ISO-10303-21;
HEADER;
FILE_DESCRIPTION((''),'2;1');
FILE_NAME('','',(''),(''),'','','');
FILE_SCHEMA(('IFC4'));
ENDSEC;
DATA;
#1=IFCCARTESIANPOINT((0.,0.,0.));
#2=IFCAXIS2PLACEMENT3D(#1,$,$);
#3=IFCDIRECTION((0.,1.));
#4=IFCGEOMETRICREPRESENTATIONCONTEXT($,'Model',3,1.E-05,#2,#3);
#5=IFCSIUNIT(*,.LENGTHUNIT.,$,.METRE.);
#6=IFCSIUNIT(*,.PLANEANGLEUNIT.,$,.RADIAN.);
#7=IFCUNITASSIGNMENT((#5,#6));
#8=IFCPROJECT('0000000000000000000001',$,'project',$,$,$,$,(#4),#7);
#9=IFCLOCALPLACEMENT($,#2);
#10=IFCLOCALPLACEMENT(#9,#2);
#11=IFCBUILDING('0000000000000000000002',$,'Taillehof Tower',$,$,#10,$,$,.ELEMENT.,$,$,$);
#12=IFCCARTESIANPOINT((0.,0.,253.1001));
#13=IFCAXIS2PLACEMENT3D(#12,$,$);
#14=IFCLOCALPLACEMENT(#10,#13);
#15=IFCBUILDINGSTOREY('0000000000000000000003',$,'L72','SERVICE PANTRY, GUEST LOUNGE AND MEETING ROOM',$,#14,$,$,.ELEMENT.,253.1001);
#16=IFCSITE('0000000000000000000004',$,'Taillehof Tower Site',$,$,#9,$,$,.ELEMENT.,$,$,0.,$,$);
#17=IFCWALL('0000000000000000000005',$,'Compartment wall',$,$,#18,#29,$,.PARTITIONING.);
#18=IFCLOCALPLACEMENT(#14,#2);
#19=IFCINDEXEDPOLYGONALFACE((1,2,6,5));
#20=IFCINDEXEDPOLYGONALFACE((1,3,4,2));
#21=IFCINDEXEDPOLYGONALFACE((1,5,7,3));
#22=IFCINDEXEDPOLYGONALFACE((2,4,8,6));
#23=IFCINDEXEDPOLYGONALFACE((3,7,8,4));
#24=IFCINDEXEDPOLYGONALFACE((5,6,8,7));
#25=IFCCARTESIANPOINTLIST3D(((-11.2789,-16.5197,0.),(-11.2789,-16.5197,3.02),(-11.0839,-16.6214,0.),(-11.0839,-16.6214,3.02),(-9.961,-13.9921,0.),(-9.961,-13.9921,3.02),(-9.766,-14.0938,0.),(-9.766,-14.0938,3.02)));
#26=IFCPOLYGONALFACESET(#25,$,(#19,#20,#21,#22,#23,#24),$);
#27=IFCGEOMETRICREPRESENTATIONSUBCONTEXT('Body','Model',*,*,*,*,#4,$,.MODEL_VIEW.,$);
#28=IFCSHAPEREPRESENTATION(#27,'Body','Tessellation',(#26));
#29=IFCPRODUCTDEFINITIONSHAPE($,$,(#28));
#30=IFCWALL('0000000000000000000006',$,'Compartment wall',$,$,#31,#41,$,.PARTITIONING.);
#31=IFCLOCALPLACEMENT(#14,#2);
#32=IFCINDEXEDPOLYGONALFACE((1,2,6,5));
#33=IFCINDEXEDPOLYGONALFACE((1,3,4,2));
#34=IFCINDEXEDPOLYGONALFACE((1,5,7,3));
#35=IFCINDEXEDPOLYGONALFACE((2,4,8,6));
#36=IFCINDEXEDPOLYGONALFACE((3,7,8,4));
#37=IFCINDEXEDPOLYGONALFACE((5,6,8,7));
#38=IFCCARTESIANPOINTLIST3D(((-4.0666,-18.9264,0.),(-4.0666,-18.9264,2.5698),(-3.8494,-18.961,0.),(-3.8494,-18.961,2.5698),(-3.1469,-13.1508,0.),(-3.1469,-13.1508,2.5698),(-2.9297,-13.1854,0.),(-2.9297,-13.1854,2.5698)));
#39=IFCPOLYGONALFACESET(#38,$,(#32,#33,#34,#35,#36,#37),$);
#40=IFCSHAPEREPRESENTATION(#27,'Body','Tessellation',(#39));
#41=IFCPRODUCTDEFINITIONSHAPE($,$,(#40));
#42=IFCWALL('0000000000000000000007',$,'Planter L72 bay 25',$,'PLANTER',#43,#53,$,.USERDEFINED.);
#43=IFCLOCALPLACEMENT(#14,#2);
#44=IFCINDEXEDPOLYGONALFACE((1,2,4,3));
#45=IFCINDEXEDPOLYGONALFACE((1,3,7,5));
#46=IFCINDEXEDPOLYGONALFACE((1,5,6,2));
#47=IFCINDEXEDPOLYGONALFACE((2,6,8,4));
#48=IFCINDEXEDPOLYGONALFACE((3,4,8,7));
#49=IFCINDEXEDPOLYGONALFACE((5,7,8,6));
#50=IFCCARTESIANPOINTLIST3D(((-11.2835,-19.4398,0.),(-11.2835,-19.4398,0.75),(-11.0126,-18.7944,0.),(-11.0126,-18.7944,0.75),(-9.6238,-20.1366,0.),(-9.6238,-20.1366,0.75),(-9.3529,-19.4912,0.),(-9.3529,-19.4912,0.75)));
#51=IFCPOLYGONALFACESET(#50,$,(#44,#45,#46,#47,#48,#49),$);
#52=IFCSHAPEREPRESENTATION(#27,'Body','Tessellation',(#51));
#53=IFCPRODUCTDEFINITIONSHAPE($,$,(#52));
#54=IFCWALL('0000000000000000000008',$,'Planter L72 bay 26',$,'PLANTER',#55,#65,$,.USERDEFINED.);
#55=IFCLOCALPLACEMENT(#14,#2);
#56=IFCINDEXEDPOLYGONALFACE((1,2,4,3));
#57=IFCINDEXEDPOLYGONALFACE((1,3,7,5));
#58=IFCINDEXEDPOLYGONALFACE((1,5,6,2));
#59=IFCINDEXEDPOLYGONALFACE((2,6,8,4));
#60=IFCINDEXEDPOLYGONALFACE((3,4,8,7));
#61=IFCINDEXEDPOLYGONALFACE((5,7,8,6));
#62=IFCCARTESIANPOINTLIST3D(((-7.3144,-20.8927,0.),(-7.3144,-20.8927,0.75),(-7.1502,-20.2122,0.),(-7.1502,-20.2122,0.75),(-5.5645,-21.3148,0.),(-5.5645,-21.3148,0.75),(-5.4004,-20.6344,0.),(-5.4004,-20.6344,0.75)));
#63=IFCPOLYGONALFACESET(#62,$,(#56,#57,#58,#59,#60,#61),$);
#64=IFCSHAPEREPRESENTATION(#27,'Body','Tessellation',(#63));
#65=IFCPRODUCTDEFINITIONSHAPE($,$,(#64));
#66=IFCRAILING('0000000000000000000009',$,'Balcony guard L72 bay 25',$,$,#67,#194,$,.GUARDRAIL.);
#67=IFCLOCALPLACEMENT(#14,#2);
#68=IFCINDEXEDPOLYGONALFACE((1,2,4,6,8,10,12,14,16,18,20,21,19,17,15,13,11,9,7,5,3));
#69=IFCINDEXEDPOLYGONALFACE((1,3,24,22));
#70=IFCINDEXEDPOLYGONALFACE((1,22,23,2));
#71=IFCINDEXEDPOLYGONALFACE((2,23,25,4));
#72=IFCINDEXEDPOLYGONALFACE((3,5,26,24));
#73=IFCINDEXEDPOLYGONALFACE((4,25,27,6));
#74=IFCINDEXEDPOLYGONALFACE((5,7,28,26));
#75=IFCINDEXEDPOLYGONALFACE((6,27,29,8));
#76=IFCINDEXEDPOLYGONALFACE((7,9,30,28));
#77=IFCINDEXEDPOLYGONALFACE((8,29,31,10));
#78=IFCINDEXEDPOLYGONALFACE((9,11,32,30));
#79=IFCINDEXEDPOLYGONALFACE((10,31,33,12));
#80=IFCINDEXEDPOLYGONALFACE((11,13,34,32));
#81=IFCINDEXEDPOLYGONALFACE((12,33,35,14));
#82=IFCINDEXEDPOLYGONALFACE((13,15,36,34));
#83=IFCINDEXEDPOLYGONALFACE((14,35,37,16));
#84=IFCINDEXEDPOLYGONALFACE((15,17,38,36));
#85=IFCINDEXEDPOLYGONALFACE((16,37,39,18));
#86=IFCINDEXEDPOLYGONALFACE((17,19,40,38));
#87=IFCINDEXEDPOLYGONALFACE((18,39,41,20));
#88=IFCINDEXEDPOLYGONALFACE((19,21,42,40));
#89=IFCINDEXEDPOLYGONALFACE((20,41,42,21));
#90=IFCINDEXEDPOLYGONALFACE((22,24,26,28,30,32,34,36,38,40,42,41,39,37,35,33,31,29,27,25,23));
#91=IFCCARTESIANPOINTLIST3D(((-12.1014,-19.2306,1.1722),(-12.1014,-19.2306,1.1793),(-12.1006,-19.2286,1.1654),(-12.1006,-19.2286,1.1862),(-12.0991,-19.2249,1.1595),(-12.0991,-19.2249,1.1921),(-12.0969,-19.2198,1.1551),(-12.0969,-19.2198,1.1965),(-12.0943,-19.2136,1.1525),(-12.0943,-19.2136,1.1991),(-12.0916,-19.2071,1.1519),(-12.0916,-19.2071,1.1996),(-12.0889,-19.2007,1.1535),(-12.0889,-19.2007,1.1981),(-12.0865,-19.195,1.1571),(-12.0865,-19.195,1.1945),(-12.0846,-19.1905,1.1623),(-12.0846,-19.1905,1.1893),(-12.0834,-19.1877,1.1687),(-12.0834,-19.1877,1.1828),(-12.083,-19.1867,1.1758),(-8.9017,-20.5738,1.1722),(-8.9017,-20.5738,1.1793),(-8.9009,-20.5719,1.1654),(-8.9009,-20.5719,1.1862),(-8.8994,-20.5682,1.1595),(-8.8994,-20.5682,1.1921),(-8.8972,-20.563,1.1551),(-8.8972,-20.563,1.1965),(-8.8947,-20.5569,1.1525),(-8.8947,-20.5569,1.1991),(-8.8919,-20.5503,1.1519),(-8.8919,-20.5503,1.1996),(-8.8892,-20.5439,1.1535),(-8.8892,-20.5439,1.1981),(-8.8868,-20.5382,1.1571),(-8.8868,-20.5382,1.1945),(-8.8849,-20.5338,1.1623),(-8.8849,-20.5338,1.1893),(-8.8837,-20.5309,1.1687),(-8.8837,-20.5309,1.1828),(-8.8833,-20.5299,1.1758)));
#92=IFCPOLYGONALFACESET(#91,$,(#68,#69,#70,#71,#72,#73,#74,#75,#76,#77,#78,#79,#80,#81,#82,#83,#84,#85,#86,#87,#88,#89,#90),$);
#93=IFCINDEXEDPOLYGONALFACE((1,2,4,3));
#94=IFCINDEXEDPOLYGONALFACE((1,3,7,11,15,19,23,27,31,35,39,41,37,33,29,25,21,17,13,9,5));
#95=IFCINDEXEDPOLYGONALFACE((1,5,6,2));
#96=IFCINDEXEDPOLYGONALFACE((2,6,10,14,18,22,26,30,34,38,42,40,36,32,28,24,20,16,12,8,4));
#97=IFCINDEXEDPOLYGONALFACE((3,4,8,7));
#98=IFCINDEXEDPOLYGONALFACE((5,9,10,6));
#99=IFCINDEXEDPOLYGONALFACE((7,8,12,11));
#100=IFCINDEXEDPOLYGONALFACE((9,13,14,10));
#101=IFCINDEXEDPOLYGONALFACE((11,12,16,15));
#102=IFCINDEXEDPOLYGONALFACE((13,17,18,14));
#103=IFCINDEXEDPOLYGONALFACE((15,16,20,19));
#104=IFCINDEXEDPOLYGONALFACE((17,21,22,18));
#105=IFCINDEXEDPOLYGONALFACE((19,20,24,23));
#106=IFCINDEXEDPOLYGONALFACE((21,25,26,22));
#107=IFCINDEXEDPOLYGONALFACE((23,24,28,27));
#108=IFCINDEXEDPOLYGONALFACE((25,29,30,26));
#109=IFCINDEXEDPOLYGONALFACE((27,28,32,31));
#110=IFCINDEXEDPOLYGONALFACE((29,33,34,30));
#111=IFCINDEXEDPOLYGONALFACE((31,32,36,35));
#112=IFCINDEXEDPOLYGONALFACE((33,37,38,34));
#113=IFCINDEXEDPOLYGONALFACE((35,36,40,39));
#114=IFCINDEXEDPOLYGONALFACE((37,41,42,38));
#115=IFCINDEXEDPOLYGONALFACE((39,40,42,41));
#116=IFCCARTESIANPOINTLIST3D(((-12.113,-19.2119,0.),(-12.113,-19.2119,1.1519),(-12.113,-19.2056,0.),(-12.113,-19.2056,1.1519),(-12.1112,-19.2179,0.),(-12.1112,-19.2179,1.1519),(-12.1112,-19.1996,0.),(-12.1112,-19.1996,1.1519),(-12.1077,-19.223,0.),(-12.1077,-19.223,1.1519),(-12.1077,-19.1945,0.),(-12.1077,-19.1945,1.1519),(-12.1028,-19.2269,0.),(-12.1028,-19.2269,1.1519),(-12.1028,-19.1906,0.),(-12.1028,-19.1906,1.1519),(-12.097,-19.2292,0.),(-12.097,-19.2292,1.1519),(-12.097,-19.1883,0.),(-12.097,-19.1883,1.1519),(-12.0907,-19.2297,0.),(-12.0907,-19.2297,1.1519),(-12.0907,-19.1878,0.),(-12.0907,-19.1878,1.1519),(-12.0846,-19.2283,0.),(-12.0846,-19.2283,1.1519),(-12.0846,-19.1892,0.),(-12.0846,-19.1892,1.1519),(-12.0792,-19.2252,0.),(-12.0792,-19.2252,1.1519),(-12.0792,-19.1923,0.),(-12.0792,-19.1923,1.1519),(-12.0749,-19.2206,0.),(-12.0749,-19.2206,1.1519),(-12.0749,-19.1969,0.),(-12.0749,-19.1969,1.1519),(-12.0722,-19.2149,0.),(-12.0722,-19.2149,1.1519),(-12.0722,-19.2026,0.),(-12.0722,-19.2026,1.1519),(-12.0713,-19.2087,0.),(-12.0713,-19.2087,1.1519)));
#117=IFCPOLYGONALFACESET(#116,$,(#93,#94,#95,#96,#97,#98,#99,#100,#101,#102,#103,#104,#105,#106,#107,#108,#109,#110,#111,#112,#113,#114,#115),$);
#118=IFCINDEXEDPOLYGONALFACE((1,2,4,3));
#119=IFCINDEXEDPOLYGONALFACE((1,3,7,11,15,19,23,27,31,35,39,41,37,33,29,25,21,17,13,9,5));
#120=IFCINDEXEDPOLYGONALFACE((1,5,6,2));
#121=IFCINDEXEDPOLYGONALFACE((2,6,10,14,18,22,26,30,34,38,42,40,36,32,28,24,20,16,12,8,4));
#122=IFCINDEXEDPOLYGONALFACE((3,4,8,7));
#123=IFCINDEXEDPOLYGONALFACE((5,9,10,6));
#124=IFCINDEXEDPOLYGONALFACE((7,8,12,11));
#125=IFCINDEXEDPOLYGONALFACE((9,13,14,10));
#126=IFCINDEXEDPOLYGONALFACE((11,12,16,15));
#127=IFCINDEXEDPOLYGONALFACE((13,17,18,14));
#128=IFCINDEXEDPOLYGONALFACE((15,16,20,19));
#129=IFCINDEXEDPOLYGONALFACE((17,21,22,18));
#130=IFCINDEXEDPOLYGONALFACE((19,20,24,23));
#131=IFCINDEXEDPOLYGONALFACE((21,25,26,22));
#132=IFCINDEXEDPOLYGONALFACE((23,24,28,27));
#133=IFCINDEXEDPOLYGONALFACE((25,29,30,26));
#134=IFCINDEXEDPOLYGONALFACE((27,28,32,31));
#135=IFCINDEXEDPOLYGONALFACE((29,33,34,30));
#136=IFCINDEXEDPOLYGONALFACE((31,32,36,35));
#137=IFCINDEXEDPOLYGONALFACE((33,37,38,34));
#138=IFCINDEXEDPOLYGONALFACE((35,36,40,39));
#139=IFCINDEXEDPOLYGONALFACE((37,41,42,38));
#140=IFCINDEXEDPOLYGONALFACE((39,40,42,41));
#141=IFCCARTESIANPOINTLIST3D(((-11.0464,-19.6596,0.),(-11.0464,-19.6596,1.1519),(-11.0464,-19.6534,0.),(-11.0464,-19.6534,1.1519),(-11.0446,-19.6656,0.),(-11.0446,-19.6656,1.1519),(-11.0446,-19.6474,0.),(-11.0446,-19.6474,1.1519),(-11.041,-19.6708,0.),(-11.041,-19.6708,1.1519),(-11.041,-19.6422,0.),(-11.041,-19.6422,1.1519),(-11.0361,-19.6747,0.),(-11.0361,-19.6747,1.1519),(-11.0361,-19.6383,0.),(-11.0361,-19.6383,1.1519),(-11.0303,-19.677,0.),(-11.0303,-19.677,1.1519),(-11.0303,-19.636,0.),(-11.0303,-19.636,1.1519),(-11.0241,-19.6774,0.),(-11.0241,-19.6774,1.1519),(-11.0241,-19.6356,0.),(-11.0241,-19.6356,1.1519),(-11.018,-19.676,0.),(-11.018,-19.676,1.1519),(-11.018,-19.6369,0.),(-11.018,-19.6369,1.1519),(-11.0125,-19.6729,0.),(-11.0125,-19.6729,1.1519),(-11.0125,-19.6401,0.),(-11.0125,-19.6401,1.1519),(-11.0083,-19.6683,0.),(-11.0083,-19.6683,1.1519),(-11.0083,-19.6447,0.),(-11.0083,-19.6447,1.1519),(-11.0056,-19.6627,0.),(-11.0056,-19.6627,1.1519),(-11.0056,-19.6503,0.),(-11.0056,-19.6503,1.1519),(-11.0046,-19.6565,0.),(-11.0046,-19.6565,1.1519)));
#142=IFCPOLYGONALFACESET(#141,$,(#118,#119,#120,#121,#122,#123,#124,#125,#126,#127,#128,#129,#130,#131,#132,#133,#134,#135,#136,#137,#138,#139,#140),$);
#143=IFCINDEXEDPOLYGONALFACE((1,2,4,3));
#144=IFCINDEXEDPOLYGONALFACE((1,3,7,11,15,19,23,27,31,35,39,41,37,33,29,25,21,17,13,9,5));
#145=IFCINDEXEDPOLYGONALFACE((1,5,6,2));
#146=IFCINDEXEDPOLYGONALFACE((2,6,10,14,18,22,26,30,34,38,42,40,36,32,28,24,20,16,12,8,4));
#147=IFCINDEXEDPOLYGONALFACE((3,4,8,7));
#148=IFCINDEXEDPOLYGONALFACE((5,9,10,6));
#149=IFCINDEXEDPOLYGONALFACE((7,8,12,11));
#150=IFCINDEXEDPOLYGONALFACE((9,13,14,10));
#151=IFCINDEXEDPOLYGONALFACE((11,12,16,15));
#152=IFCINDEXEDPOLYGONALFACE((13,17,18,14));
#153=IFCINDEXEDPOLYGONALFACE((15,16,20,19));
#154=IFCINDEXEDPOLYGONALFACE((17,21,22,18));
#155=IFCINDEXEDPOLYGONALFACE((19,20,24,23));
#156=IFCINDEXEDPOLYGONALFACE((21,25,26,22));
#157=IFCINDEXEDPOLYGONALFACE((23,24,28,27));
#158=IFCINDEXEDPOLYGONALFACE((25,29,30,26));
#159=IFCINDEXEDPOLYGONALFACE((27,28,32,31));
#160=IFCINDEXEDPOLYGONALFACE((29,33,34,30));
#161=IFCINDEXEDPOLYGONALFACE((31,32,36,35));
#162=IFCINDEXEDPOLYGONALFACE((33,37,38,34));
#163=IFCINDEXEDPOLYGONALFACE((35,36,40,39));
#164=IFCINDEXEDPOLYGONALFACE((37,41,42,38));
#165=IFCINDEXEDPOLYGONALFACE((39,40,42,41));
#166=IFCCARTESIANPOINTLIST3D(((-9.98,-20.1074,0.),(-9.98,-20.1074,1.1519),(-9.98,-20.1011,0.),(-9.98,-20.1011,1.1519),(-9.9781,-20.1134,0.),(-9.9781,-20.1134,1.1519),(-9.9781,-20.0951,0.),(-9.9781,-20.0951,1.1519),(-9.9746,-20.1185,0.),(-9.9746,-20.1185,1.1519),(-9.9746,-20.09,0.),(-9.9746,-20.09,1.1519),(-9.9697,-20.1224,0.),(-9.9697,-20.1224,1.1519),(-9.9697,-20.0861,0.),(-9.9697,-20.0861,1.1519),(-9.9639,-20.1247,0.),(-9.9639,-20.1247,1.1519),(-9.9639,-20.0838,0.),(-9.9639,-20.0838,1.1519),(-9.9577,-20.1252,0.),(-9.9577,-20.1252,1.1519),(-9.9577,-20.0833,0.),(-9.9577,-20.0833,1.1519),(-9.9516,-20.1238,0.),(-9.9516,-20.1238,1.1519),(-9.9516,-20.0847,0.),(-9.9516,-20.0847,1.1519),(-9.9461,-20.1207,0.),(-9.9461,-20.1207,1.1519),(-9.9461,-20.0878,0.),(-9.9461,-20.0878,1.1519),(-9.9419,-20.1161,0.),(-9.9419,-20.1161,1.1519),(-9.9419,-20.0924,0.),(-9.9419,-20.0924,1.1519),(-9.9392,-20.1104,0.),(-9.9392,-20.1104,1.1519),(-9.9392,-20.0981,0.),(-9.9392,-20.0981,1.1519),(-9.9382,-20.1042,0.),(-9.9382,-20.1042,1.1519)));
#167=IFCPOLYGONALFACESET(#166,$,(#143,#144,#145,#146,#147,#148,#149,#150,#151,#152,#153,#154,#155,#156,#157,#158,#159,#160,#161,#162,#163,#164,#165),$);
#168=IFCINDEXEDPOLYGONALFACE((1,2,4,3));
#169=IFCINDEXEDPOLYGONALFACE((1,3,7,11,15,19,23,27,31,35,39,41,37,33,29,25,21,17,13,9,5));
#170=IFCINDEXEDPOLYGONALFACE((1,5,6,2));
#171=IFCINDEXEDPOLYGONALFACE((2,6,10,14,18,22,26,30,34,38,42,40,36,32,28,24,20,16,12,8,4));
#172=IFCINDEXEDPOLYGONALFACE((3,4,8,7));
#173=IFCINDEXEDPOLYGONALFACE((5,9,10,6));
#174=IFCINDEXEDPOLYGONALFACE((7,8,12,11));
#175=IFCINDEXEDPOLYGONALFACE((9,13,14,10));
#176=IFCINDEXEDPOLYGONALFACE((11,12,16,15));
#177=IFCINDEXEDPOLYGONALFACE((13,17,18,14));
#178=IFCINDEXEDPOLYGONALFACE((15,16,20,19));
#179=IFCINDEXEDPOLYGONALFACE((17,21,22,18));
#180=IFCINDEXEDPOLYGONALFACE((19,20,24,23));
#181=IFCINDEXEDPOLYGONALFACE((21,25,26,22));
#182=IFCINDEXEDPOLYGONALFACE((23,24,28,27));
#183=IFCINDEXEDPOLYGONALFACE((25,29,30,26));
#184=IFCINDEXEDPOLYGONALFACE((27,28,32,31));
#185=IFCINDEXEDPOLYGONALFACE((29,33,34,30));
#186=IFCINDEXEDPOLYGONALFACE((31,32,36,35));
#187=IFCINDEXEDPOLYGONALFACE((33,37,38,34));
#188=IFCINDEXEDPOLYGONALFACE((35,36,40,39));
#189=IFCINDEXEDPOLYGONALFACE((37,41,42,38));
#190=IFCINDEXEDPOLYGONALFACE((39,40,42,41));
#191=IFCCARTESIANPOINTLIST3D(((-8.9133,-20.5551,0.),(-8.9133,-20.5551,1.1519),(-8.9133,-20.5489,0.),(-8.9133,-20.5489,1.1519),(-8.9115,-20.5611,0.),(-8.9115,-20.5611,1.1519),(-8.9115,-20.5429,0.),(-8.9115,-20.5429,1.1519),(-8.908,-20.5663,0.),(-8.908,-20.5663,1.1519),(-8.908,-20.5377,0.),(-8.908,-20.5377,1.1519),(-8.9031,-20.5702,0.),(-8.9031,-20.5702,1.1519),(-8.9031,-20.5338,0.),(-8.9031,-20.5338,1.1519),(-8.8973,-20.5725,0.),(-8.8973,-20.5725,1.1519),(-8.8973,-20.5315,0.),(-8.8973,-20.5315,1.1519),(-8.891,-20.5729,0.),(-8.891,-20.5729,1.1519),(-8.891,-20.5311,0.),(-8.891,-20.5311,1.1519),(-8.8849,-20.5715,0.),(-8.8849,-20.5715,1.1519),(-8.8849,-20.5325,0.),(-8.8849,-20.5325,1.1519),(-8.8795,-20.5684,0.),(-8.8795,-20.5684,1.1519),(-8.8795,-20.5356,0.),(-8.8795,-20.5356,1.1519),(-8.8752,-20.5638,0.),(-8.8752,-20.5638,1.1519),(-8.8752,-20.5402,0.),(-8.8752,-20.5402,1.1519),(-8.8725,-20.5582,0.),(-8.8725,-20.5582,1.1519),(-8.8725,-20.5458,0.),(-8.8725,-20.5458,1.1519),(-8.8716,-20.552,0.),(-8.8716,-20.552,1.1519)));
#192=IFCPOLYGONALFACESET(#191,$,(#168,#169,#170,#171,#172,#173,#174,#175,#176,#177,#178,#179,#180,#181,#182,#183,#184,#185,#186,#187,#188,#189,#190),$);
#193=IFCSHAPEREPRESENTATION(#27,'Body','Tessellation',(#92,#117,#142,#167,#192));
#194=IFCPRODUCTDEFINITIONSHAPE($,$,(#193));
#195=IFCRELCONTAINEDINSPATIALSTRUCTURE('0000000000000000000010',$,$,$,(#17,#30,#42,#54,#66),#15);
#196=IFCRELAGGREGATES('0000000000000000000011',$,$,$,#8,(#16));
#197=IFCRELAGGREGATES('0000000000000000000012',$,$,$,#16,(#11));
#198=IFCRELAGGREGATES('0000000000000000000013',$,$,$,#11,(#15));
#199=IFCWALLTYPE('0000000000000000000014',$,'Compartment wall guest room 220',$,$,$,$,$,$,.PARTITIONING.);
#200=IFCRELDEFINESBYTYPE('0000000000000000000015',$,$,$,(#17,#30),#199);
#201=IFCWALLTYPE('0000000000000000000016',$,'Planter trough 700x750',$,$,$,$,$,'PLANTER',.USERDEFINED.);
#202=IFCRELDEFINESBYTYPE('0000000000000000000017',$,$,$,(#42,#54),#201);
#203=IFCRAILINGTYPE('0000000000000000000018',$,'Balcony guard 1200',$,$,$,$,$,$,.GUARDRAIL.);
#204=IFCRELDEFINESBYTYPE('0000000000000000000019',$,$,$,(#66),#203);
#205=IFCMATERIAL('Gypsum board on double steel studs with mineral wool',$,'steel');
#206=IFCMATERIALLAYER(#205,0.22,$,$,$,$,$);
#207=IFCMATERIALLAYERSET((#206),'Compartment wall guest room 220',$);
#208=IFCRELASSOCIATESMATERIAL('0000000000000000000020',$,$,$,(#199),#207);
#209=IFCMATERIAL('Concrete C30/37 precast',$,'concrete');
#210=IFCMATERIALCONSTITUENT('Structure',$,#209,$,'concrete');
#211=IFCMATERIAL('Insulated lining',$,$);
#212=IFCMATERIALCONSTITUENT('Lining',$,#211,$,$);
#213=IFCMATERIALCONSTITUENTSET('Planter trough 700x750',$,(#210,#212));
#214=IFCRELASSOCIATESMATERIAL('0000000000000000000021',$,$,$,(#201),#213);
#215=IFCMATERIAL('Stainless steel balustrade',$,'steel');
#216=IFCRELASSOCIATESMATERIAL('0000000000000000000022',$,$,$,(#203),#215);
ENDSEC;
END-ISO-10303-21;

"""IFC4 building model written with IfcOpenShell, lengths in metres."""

from ifc_helpers import new_model, si_unit, direction, frame, frame_2d, origin, origin_2d, place, context, subcontext, project, spatial, rectangle, circle, extrude, material, layer, layer_set, constituent, constituent_set, type_object, element, save


model = new_model("IFC4")

# Units and contexts
model_context = context("Model", 3, precision=1e-05, world=origin(), true_north=direction((0.0, 1.0)))
body_context = subcontext(model_context, "Body", "Model", "MODEL_VIEW")
ifc_project = project(units=[si_unit("LENGTHUNIT", "METRE"), si_unit("PLANEANGLEUNIT", "RADIAN")], contexts=[model_context])

# Site, building, storey
site_placement = place(None, origin())
site = spatial("IfcSite", under=ifc_project, at=site_placement, Name="Taillehof Tower Site", CompositionType="ELEMENT", RefElevation=0.0)
building_placement = place(site_placement, origin())
building = spatial("IfcBuilding", under=site, at=building_placement, Name="Taillehof Tower", CompositionType="ELEMENT")
storey_placement = place(building_placement, frame((0.0, 0.0, 253.1001)))
storey = spatial("IfcBuildingStorey", under=building, at=storey_placement, Name="L72", Description="SERVICE PANTRY, GUEST LOUNGE AND MEETING ROOM", CompositionType="ELEMENT", Elevation=253.1001)

# Walls
ifc_material_1 = material(Name="Gypsum board on double steel studs with mineral wool", Category="steel")
ifc_layer_1 = layer(ifc_material_1, 0.22)
ifc_layer_set_1 = layer_set([ifc_layer_1], Name="Compartment wall guest room 220")
wall_type_1 = type_object("IfcWallType", Name="Compartment wall guest room 220", PredefinedType="PARTITIONING", material=ifc_layer_set_1)
wall_1_placement = place(storey_placement, frame((-11.1814, -16.5706, 0.0), z_axis=(0.0, 0.0, 1.0), x_axis=(0.462326, 0.88671, 0.0)))
element("IfcWall", 1, at=wall_1_placement, inside=storey, type_object=wall_type_1, Name="Compartment wall", PredefinedType="PARTITIONING", context=body_context, shape_type="SweptSolid", body=[
    extrude(rectangle(XDim=2.8506, YDim=0.22, at=frame_2d((1.4253, 0.0))), origin(), (0.0, 0.0, 1.0), 3.02),
])
wall_2_placement = place(storey_placement, frame((-3.958, -18.9438, 0.0), z_axis=(0.0, 0.0, 1.0), x_axis=(0.157253, 0.987558, 0.0)))
element("IfcWall", 2, at=wall_2_placement, inside=storey, type_object=wall_type_1, Name="Compartment wall", PredefinedType="PARTITIONING", context=body_context, shape_type="SweptSolid", body=[
    extrude(rectangle(XDim=5.8484, YDim=0.22, at=frame_2d((2.9243, 0.0))), origin(), (0.0, 0.0, 1.0), 2.5698),
])
ifc_material_2 = material(Name="Concrete C30/37 precast", Category="concrete")
ifc_constituent_1 = constituent(ifc_material_2, Name="Structure", Category="concrete")
ifc_material_3 = material(Name="Insulated lining")
ifc_constituent_2 = constituent(ifc_material_3, Name="Lining")
ifc_constituent_set = constituent_set(constituents=[ifc_constituent_1, ifc_constituent_2], Name="Planter trough 700x750")
wall_type_2 = type_object("IfcWallType", Name="Planter trough 700x750", ElementType="PLANTER", PredefinedType="USERDEFINED", material=ifc_constituent_set)
for number, where, z_axis, x_axis, name in (
    (3, (-11.1479, -19.1172, 0.0), (0.0, 0.0, 1.0), (0.922038, -0.387099, 0.0), "Planter L72 bay 25"),
    (4, (-7.2322, -20.5525, 0.0), (0.0, 0.0, 1.0), (0.972112, -0.234517, 0.0), "Planter L72 bay 26"),
):
    element("IfcWall", number, at=place(storey_placement, frame(where, z_axis=z_axis, x_axis=x_axis)), inside=storey, type_object=wall_type_2, Name=name, ObjectType="PLANTER", PredefinedType="USERDEFINED", context=body_context, shape_type="SweptSolid", body=[
        extrude(rectangle(XDim=1.8, YDim=0.7, at=frame_2d((0.8999, 0.0))), origin(), (0.0, 0.0, 1.0), 0.75),
    ])

# Railing
ifc_material_4 = material(Name="Stainless steel balustrade", Category="steel")
railing_type = type_object("IfcRailingType", Name="Balcony guard 1200", PredefinedType="GUARDRAIL", material=ifc_material_4)
railing_1_placement = place(storey_placement, frame((-12.0923, -19.2087, 0.0)))
element("IfcRailing", 5, at=railing_1_placement, inside=storey, type_object=railing_type, Name="Balcony guard L72 bay 25", PredefinedType="GUARDRAIL", context=body_context, shape_type="SweptSolid", body=[
    extrude(circle(Radius=0.0239, at=origin_2d()), frame((0.0, 0.0, 1.1758), z_axis=(0.922045, -0.387082, 0.0), x_axis=(0.387082, 0.922045, 0.0)), (0.0, 0.0, 1.0), 3.4702),
    extrude(circle(Radius=0.021, at=origin_2d()), origin(), (0.0, 0.0, 1.0), 1.1519),
    extrude(circle(Radius=0.021, at=origin_2d()), frame((1.0667, -0.4478, 0.0)), (0.0, 0.0, 1.0), 1.1519),
    extrude(circle(Radius=0.021, at=origin_2d()), frame((2.1331, -0.8955, 0.0)), (0.0, 0.0, 1.0), 1.1519),
    extrude(circle(Radius=0.021, at=origin_2d()), frame((3.1997, -1.3433, 0.0)), (0.0, 0.0, 1.0), 1.1519),
])

save(model, "model.ifc")
